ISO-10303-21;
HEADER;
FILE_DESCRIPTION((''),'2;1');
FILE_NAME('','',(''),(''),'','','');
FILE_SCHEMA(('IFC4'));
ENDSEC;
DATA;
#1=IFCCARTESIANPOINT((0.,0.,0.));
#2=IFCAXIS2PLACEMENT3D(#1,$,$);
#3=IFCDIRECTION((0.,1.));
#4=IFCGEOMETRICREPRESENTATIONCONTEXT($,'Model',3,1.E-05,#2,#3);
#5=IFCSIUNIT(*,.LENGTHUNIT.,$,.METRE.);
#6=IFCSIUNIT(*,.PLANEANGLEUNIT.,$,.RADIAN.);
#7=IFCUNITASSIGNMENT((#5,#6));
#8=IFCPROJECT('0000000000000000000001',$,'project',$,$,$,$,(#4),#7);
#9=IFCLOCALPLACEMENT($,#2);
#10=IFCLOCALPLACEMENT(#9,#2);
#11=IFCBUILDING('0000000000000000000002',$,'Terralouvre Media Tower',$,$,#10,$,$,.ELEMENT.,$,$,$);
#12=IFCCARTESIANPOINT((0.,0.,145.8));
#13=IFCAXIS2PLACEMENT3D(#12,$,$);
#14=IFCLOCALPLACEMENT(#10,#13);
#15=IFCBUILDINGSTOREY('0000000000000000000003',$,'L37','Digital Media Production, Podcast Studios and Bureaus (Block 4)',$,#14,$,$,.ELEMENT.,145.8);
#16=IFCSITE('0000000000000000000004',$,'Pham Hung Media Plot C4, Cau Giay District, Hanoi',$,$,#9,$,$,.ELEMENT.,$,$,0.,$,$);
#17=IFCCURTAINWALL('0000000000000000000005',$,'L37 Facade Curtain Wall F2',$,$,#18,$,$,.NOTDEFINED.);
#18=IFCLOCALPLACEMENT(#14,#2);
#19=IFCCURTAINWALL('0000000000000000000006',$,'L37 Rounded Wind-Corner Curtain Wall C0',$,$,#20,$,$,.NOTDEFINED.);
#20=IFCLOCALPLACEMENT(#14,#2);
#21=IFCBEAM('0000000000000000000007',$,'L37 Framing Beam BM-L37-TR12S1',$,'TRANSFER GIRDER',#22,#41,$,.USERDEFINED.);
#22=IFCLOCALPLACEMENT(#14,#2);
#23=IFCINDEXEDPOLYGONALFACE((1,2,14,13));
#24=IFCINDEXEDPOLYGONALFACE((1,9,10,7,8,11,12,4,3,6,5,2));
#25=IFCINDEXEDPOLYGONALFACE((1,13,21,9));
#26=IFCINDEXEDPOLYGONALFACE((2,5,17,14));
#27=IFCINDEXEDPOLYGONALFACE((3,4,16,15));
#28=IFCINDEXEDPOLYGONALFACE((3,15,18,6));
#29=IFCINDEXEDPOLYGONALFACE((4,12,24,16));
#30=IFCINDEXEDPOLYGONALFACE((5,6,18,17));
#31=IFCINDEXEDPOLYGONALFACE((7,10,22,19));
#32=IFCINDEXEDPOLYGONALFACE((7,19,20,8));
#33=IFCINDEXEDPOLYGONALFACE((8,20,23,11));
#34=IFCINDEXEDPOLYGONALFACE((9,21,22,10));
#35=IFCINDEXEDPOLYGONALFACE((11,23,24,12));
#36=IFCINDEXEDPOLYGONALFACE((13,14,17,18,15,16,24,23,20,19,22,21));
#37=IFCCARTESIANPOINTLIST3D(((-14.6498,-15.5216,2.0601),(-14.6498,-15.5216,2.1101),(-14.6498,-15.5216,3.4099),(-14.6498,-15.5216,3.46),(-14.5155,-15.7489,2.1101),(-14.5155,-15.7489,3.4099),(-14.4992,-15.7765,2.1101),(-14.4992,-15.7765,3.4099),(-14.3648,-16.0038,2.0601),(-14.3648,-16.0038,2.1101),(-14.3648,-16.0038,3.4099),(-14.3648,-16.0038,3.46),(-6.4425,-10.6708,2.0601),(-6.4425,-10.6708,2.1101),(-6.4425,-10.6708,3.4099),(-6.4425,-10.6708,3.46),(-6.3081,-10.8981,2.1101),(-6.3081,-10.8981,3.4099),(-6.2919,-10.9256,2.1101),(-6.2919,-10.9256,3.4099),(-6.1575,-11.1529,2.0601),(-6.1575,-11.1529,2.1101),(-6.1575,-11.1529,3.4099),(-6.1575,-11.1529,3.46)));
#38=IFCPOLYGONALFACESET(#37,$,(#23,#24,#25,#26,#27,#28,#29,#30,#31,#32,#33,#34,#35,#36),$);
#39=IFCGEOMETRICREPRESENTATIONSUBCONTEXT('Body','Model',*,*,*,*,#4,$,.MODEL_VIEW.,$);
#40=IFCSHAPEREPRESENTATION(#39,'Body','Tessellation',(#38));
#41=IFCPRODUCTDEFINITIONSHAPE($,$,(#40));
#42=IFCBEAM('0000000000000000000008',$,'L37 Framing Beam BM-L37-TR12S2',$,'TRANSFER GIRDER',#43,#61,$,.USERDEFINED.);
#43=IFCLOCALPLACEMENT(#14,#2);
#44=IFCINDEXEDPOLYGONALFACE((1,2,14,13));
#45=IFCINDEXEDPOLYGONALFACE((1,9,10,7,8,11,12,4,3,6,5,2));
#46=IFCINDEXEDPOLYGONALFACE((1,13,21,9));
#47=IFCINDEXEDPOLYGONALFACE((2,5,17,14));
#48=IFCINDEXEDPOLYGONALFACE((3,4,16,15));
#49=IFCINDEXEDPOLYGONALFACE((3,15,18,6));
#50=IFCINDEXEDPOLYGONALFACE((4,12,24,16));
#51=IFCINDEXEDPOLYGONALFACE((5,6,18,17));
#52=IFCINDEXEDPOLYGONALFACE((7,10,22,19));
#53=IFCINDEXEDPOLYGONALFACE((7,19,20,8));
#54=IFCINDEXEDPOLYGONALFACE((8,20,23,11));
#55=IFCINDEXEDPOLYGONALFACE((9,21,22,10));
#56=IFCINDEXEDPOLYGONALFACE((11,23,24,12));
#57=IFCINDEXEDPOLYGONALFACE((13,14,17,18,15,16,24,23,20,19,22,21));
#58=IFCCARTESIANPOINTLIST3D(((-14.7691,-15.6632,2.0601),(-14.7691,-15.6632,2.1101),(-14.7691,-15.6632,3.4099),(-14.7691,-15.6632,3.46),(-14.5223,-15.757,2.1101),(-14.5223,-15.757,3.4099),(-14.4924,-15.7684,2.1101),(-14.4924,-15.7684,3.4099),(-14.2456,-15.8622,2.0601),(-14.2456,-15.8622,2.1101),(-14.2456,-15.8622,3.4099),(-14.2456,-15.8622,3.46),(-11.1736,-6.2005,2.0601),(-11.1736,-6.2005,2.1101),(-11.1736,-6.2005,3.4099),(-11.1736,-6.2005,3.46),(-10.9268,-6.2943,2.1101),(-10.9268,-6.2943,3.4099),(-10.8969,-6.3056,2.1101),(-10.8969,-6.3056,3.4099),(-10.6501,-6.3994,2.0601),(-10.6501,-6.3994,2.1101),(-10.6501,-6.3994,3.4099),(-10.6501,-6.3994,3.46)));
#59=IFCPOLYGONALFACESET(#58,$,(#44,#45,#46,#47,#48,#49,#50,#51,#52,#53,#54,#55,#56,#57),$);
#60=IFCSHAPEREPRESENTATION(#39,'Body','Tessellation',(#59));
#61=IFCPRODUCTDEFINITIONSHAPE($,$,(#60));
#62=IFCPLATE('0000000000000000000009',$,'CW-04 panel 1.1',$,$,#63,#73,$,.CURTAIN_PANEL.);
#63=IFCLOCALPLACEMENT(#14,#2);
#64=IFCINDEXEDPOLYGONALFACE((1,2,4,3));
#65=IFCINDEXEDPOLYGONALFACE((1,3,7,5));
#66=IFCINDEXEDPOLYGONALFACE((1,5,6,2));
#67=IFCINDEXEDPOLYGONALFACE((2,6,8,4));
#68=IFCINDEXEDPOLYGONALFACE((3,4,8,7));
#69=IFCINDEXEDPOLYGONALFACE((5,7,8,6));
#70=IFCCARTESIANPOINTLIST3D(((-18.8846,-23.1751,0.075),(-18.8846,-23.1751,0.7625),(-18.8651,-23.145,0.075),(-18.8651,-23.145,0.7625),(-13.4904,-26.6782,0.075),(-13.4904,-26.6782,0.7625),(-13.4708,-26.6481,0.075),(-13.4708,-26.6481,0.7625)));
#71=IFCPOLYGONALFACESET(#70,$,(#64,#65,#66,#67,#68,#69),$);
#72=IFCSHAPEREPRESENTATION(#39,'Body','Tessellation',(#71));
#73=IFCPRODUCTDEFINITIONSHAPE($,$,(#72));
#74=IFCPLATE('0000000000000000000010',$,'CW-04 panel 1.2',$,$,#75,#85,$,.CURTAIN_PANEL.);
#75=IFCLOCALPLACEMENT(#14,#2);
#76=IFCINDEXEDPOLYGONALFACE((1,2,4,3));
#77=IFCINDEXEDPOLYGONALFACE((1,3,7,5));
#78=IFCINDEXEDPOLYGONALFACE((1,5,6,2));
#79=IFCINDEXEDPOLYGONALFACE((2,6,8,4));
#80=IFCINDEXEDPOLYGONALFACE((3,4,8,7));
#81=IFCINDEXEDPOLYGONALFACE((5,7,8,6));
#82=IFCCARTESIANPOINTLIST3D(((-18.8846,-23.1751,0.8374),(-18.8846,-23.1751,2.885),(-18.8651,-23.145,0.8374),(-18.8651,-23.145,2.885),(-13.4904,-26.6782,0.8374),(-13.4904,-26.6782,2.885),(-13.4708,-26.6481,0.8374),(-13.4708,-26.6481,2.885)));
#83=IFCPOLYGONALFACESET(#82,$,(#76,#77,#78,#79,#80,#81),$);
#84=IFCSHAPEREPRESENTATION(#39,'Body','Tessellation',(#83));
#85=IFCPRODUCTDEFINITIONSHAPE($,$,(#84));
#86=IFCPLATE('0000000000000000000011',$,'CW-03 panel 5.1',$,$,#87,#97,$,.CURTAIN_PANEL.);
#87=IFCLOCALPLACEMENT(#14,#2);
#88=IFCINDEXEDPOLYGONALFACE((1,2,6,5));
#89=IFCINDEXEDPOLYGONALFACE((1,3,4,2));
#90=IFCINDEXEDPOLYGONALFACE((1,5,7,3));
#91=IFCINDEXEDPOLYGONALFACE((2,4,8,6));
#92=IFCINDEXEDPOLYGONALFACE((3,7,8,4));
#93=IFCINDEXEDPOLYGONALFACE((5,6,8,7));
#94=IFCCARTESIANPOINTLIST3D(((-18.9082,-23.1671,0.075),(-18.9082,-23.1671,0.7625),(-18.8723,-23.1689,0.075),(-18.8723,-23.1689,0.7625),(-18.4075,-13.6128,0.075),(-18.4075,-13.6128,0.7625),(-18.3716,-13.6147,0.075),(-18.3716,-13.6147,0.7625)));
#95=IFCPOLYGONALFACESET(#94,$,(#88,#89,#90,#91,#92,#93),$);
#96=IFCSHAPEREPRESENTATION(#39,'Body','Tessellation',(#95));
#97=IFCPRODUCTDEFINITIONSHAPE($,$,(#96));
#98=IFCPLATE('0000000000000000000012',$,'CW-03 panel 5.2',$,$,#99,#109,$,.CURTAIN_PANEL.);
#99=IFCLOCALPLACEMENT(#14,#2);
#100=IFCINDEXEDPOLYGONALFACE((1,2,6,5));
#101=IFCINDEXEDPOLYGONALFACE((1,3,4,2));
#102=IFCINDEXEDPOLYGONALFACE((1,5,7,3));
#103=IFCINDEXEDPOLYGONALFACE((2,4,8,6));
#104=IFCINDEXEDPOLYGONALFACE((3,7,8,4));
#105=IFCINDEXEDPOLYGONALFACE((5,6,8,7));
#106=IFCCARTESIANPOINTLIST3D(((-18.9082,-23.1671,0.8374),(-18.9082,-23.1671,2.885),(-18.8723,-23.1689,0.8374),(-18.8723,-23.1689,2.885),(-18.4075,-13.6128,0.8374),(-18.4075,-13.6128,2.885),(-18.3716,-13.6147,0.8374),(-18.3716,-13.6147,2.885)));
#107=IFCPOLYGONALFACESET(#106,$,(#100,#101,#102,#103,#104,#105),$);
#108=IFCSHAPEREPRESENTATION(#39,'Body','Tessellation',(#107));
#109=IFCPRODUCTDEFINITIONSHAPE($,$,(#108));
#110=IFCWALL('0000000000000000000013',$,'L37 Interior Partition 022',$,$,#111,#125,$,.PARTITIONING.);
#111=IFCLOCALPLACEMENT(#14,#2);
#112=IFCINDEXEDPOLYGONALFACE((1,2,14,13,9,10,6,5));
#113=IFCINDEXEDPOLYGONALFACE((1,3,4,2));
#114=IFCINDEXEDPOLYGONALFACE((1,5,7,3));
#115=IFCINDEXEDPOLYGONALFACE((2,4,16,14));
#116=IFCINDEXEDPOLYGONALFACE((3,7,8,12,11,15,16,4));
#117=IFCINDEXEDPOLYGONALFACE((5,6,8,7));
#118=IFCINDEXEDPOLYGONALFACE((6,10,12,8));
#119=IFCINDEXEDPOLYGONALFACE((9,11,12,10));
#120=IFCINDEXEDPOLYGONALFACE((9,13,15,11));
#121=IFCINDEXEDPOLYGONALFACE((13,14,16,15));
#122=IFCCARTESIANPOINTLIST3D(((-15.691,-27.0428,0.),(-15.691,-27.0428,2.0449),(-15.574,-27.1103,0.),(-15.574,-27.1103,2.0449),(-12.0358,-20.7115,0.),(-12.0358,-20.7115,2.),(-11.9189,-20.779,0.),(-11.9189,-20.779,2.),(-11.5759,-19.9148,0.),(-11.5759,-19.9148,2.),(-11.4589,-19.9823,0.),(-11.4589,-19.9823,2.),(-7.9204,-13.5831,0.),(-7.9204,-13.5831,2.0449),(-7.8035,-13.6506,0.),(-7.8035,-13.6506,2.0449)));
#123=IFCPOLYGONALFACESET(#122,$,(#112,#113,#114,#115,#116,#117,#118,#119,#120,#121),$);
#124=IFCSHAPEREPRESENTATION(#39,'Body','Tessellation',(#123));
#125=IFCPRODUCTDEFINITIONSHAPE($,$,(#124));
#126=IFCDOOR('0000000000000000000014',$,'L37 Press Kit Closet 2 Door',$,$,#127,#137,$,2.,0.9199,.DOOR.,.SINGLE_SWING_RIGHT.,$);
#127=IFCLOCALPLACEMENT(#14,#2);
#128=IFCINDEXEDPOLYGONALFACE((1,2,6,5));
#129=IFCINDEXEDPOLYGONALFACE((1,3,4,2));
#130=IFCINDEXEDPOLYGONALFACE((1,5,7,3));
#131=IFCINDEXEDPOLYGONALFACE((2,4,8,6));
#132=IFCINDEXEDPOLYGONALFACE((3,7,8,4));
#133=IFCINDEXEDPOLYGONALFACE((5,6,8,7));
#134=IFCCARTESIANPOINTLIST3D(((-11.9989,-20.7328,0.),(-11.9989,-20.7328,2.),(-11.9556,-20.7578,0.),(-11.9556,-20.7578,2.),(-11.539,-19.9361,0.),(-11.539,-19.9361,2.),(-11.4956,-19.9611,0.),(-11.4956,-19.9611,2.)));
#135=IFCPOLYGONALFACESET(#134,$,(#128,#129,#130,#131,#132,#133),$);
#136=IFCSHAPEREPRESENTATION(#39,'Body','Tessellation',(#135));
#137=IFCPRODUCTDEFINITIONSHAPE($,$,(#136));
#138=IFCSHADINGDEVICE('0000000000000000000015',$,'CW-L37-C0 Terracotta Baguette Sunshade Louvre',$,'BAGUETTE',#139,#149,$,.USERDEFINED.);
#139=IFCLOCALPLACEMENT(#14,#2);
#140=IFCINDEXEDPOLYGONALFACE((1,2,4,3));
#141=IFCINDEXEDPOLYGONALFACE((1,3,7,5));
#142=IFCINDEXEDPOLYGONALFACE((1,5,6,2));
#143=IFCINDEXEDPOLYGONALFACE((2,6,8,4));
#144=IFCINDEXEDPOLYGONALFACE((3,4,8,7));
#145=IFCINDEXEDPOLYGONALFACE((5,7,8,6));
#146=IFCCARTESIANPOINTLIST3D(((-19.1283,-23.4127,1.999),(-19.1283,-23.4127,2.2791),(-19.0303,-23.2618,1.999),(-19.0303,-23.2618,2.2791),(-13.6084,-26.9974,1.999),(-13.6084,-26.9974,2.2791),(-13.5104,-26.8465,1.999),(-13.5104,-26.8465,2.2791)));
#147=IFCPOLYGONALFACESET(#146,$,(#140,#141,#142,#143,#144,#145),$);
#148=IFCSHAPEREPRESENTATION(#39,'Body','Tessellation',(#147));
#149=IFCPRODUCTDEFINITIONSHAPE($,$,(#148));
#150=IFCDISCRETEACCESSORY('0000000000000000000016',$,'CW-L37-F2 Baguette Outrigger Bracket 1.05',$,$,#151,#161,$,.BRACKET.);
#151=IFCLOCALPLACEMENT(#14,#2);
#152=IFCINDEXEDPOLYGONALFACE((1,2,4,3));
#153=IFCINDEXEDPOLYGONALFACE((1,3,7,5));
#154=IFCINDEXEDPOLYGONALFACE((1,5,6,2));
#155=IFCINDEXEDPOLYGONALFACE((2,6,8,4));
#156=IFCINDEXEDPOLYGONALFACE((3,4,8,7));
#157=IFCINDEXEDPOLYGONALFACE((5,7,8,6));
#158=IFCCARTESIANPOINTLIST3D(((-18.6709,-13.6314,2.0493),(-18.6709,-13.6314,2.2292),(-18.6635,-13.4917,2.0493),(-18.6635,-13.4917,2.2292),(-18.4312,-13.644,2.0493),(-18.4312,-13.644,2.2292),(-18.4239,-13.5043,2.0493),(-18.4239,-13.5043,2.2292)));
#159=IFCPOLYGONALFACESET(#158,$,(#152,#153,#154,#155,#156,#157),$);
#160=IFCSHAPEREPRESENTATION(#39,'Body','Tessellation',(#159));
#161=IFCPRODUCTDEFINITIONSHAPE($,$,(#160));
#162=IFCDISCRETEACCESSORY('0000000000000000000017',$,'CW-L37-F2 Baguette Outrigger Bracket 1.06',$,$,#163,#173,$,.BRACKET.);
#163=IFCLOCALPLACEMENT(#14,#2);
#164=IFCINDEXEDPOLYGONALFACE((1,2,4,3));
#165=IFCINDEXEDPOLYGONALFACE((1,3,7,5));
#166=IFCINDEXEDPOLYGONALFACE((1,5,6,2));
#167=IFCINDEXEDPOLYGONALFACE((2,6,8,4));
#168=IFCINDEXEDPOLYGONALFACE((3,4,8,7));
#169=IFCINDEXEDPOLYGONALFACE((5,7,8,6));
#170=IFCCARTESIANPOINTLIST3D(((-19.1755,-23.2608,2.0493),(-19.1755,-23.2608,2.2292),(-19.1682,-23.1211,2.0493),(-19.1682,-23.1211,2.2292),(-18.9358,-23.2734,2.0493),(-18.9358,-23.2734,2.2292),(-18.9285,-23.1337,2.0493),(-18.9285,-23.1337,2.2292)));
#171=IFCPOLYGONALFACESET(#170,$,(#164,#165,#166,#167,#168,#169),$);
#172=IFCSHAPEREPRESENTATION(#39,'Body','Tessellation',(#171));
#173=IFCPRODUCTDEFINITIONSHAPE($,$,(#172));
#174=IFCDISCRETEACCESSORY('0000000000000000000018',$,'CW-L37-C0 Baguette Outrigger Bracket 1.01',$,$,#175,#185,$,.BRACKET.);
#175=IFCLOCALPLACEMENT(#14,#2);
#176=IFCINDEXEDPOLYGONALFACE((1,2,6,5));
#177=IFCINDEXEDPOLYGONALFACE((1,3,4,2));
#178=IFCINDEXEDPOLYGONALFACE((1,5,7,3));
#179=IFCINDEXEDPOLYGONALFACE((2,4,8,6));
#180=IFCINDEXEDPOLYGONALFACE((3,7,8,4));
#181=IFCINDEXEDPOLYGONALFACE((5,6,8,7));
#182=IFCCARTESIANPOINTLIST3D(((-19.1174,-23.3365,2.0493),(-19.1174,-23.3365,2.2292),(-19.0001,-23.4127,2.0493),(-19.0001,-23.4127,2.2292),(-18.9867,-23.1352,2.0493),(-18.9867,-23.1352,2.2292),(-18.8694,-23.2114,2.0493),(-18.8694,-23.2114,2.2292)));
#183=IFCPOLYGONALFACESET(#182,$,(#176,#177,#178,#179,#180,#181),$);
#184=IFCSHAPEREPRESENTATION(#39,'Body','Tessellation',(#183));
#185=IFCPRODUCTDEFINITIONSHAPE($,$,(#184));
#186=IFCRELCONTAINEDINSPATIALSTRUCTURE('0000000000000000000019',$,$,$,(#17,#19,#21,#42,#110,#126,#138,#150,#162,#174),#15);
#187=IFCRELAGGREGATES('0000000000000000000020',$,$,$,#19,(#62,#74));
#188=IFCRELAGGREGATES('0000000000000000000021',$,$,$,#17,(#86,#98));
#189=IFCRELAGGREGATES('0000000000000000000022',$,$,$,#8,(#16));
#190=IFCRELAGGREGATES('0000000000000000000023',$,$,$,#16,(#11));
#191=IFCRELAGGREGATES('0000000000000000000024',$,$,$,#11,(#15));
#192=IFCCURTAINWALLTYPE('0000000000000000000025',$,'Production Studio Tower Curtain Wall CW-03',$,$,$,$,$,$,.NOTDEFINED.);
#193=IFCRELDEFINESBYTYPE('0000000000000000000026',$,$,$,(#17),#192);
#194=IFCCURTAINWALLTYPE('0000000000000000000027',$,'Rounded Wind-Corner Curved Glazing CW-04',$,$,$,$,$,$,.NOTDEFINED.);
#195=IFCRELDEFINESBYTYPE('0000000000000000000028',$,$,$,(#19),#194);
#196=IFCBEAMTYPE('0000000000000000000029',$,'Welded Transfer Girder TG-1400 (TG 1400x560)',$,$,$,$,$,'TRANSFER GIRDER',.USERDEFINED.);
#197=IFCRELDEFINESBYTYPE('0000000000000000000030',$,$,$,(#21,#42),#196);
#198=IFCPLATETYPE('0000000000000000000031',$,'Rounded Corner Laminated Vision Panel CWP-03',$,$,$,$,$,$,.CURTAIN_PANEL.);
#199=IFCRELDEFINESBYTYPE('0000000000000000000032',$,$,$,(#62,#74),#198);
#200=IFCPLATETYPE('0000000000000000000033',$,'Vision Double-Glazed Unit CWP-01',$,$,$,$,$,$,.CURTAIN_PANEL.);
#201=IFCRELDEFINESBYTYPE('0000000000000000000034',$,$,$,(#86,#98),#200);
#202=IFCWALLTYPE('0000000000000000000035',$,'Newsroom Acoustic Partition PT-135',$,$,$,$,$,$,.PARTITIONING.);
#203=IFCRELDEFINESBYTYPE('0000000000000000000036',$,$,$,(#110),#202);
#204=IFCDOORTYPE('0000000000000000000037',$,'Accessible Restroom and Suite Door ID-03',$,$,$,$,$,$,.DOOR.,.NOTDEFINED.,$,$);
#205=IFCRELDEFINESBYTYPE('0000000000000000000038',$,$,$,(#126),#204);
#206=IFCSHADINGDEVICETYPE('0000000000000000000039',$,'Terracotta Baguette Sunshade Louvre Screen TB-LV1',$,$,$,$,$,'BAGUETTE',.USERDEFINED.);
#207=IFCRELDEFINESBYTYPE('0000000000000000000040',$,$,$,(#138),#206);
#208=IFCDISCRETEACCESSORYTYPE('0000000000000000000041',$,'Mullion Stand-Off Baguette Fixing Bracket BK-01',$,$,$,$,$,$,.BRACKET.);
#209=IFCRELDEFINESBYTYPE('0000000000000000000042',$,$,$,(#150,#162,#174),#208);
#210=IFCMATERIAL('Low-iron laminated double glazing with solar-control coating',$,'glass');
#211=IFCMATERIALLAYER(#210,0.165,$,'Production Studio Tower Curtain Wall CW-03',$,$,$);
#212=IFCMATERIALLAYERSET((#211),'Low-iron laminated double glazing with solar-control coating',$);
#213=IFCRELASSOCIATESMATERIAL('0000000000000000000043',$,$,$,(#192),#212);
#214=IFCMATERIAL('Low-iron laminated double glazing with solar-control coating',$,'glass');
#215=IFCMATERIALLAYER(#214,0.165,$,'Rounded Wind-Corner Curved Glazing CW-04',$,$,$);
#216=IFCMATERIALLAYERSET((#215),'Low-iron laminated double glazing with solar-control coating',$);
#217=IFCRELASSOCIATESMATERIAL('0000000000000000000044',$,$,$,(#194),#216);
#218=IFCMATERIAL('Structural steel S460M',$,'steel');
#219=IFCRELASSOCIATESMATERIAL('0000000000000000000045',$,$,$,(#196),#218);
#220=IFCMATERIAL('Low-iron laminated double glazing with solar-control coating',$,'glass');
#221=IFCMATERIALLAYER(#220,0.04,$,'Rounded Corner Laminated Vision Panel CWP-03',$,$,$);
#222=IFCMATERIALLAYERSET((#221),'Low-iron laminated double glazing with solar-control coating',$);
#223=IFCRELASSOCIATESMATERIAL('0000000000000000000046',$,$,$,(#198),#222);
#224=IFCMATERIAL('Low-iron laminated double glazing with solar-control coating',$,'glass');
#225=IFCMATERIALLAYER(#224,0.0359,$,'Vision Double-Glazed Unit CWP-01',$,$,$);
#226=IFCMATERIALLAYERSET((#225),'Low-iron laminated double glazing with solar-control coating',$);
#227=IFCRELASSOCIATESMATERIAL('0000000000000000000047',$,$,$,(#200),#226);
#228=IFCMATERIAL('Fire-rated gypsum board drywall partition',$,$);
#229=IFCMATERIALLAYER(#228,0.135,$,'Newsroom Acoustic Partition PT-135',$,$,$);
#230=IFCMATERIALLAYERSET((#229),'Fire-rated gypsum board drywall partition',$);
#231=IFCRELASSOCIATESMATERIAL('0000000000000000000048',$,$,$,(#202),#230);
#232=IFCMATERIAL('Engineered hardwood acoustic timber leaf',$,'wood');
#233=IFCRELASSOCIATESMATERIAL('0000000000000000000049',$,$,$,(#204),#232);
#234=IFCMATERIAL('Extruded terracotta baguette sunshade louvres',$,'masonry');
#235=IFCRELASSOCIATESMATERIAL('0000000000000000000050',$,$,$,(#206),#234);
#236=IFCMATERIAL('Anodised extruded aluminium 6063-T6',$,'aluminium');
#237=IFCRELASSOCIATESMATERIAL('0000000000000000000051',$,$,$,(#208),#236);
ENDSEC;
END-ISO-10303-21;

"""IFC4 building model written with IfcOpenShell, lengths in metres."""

from ifc_helpers import new_model, si_unit, direction, frame, frame_2d, origin, origin_2d, place, context, subcontext, project, spatial, rectangle, i_section, extrude, material, layer, layer_set, material_profile, profile_set, type_object, element, fill, aggregate, save


model = new_model("IFC4")

# Units and contexts
model_context = context("Model", 3, precision=1e-05, world=origin(), true_north=direction((0.0, 1.0)))
body_context = subcontext(model_context, "Body", "Model", "MODEL_VIEW")
ifc_project = project(units=[si_unit("LENGTHUNIT", "METRE"), si_unit("PLANEANGLEUNIT", "RADIAN")], contexts=[model_context])

# Site, building, storey
site_placement = place(None, origin())
site = spatial("IfcSite", under=ifc_project, at=site_placement, Name="Pham Hung Media Plot C4, Cau Giay District, Hanoi", CompositionType="ELEMENT", RefElevation=0.0)
building_placement = place(site_placement, origin())
building = spatial("IfcBuilding", under=site, at=building_placement, Name="Terralouvre Media Tower", CompositionType="ELEMENT")
storey_placement = place(building_placement, frame((0.0, 0.0, 145.8)))
storey = spatial("IfcBuildingStorey", under=building, at=storey_placement, Name="L37", Description="Digital Media Production, Podcast Studios and Bureaus (Block 4)", CompositionType="ELEMENT", Elevation=145.8)

# Curtain walls
ifc_material_1 = material(Name="Low-iron laminated double glazing with solar-control coating", Category="glass")
ifc_layer_1 = layer(ifc_material_1, 0.165, Name="Production Studio Tower Curtain Wall CW-03")
ifc_layer_set_1 = layer_set([ifc_layer_1], Name="Low-iron laminated double glazing with solar-control coating")
curtain_wall_type_1 = type_object("IfcCurtainWallType", Name="Production Studio Tower Curtain Wall CW-03", PredefinedType="NOTDEFINED", material=ifc_layer_set_1)
curtain_wall_1_placement = place(storey_placement, origin())
curtain_wall_1 = element("IfcCurtainWall", 1, at=curtain_wall_1_placement, inside=storey, type_object=curtain_wall_type_1, Name="L37 Facade Curtain Wall F2", PredefinedType="NOTDEFINED")
ifc_material_2 = material(Name="Low-iron laminated double glazing with solar-control coating", Category="glass")
ifc_layer_2 = layer(ifc_material_2, 0.165, Name="Rounded Wind-Corner Curved Glazing CW-04")
ifc_layer_set_2 = layer_set([ifc_layer_2], Name="Low-iron laminated double glazing with solar-control coating")
curtain_wall_type_2 = type_object("IfcCurtainWallType", Name="Rounded Wind-Corner Curved Glazing CW-04", PredefinedType="NOTDEFINED", material=ifc_layer_set_2)
curtain_wall_2_placement = place(storey_placement, origin())
curtain_wall_2 = element("IfcCurtainWall", 2, at=curtain_wall_2_placement, inside=storey, type_object=curtain_wall_type_2, Name="L37 Rounded Wind-Corner Curtain Wall C0", PredefinedType="NOTDEFINED")

# Beams
ifc_material_3 = material(Name="Structural steel S460M", Category="steel")
ifc_material_profile_1 = material_profile(ifc_material_3, i_section(OverallWidth=0.5601, OverallDepth=1.3999, WebThickness=0.032, FlangeThickness=0.05, at=origin_2d()), Name="TG 1400x560")
ifc_profile_set_1 = profile_set([ifc_material_profile_1], Name="Structural steel S460M")
beam_type = type_object("IfcBeamType", Name="Welded Transfer Girder TG-1400 (TG 1400x560)", ElementType="TRANSFER GIRDER", PredefinedType="USERDEFINED", material=ifc_profile_set_1)
beam_1_placement = place(storey_placement, frame((-14.5073, -15.7627, 2.76), z_axis=(0.860877, 0.508813, 0.0), x_axis=(-0.508813, 0.860877, 0.0)))
element("IfcBeam", 3, at=beam_1_placement, inside=storey, type_object=beam_type, Name="L37 Framing Beam BM-L37-TR12S1", ObjectType="TRANSFER GIRDER", PredefinedType="USERDEFINED", context=body_context, shape_type="SweptSolid", body=[
    extrude(i_section(OverallWidth=0.5601, OverallDepth=1.3999, WebThickness=0.032, FlangeThickness=0.05, at=origin_2d()), origin(), (0.0, 0.0, 1.0), 9.5337),
])
beam_2_placement = place(storey_placement, frame((-14.5073, -15.7627, 2.76), z_axis=(0.355188, 0.934795, 0.0), x_axis=(-0.934795, 0.355188, 0.0)))
element("IfcBeam", 4, at=beam_2_placement, inside=storey, type_object=beam_type, Name="L37 Framing Beam BM-L37-TR12S2", ObjectType="TRANSFER GIRDER", PredefinedType="USERDEFINED", context=body_context, shape_type="SweptSolid", body=[
    extrude(i_section(OverallWidth=0.5601, OverallDepth=1.3999, WebThickness=0.032, FlangeThickness=0.05, at=origin_2d()), origin(), (0.0, 0.0, 1.0), 10.1228),
])

# Plates
ifc_material_4 = material(Name="Low-iron laminated double glazing with solar-control coating", Category="glass")
ifc_layer_3 = layer(ifc_material_4, 0.04, Name="Rounded Corner Laminated Vision Panel CWP-03")
ifc_layer_set_3 = layer_set([ifc_layer_3], Name="Low-iron laminated double glazing with solar-control coating")
plate_type_1 = type_object("IfcPlateType", Name="Rounded Corner Laminated Vision Panel CWP-03", PredefinedType="CURTAIN_PANEL", material=ifc_layer_set_3)
plate_1_placement = place(storey_placement, frame((-16.1777, -24.9116, 0.075), z_axis=(0.0, 0.0, 1.0), x_axis=(0.83867, -0.544639, 0.0)))
plate_1 = element("IfcPlate", 5, at=plate_1_placement, type_object=plate_type_1, Name="CW-04 panel 1.1", PredefinedType="CURTAIN_PANEL", context=body_context, shape_type="SweptSolid", body=[
    extrude(rectangle(XDim=6.4319, YDim=0.0359, at=origin_2d()), origin(), (0.0, 0.0, 1.0), 0.6875),
])
plate_2_placement = place(storey_placement, frame((-16.1777, -24.9116, 0.8374), z_axis=(0.0, 0.0, 1.0), x_axis=(0.83867, -0.544639, 0.0)))
plate_2 = element("IfcPlate", 6, at=plate_2_placement, type_object=plate_type_1, Name="CW-04 panel 1.2", PredefinedType="CURTAIN_PANEL", context=body_context, shape_type="SweptSolid", body=[
    extrude(rectangle(XDim=6.4319, YDim=0.0359, at=origin_2d()), origin(), (0.0, 0.0, 1.0), 2.0476),
])
aggregate(curtain_wall_2, [plate_1, plate_2])
ifc_material_5 = material(Name="Low-iron laminated double glazing with solar-control coating", Category="glass")
ifc_layer_4 = layer(ifc_material_5, 0.0359, Name="Vision Double-Glazed Unit CWP-01")
ifc_layer_set_4 = layer_set([ifc_layer_4], Name="Low-iron laminated double glazing with solar-control coating")
plate_type_2 = type_object("IfcPlateType", Name="Vision Double-Glazed Unit CWP-01", PredefinedType="CURTAIN_PANEL", material=ifc_layer_set_4)
plate_3_placement = place(storey_placement, frame((-18.6399, -18.3909, 0.075), z_axis=(0.0, 0.0, 1.0), x_axis=(-0.052336, -0.99863, 0.0)))
plate_3 = element("IfcPlate", 7, at=plate_3_placement, type_object=plate_type_2, Name="CW-03 panel 5.1", PredefinedType="CURTAIN_PANEL", context=body_context, shape_type="SweptSolid", body=[
    extrude(rectangle(XDim=9.5674, YDim=0.0359, at=origin_2d()), origin(), (0.0, 0.0, 1.0), 0.6875),
])
plate_4_placement = place(storey_placement, frame((-18.6399, -18.3909, 0.8374), z_axis=(0.0, 0.0, 1.0), x_axis=(-0.052336, -0.99863, 0.0)))
plate_4 = element("IfcPlate", 8, at=plate_4_placement, type_object=plate_type_2, Name="CW-03 panel 5.2", PredefinedType="CURTAIN_PANEL", context=body_context, shape_type="SweptSolid", body=[
    extrude(rectangle(XDim=9.5674, YDim=0.0359, at=origin_2d()), origin(), (0.0, 0.0, 1.0), 2.0476),
])
aggregate(curtain_wall_1, [plate_3, plate_4])

# Wall, opening, door
ifc_material_6 = material(Name="Fire-rated gypsum board drywall partition")
ifc_layer_5 = layer(ifc_material_6, 0.135, Name="Newsroom Acoustic Partition PT-135")
ifc_layer_set_5 = layer_set([ifc_layer_5], Name="Fire-rated gypsum board drywall partition")
wall_type = type_object("IfcWallType", Name="Newsroom Acoustic Partition PT-135", PredefinedType="PARTITIONING", material=ifc_layer_set_5)
wall_placement = place(storey_placement, frame((-15.6326, -27.0767, 0.0), z_axis=(0.0, 0.0, 1.0), x_axis=(0.499978, 0.866038, 0.0)))
wall = element("IfcWall", 9, at=wall_placement, inside=storey, type_object=wall_type, Name="L37 Interior Partition 022", PredefinedType="PARTITIONING", context=body_context, shape_type="SweptSolid", body=[
    extrude(rectangle(XDim=15.5417, YDim=0.135, at=frame_2d((7.771, 0.0))), origin(), (0.0, 0.0, 1.0), 2.0449),
])
opening_placement = place(wall_placement, frame((7.3108, 0.0, 0.0)))
opening = element("IfcOpeningElement", 10, at=opening_placement, cuts=wall, PredefinedType="OPENING", context=body_context, shape_type="SweptSolid", body=[
    extrude(rectangle(XDim=0.9199, YDim=2.0, at=frame_2d((0.46, 1.0))), frame((0.0, 0.0774, 0.0), z_axis=(0.0, -1.0, 0.0), x_axis=(1.0, 0.0, 0.0)), (0.0, 0.0, 1.0), 0.155),
])
ifc_material_7 = material(Name="Engineered hardwood acoustic timber leaf", Category="wood")
door_type = type_object("IfcDoorType", Name="Accessible Restroom and Suite Door ID-03", OperationType="NOTDEFINED", PredefinedType="DOOR", material=ifc_material_7)
door_placement = place(opening_placement, origin())
door = element("IfcDoor", 11, at=door_placement, inside=storey, type_object=door_type, Name="L37 Press Kit Closet 2 Door", OperationType="SINGLE_SWING_RIGHT", OverallHeight=2.0, OverallWidth=0.9199, PredefinedType="DOOR", context=body_context, shape_type="SweptSolid", body=[
    extrude(rectangle(XDim=0.9199, YDim=2.0, at=frame_2d((0.46, 1.0))), frame((0.0, 0.0249, 0.0), z_axis=(0.0, -1.0, 0.0), x_axis=(1.0, 0.0, 0.0)), (0.0, 0.0, 1.0), 0.05),
])
fill(opening, door)

# Shading device
ifc_material_8 = material(Name="Extruded terracotta baguette sunshade louvres", Category="masonry")
shading_device_type = type_object("IfcShadingDeviceType", Name="Terracotta Baguette Sunshade Louvre Screen TB-LV1", ElementType="BAGUETTE", PredefinedType="USERDEFINED", material=ifc_material_8)
shading_device_placement = place(storey_placement, frame((-16.3193, -25.1296, 1.999), z_axis=(0.0, 0.0, 1.0), x_axis=(0.83867, -0.544639, 0.0)))
element("IfcShadingDevice", 12, at=shading_device_placement, inside=storey, type_object=shading_device_type, Name="CW-L37-C0 Terracotta Baguette Sunshade Louvre", ObjectType="BAGUETTE", PredefinedType="USERDEFINED", context=body_context, shape_type="SweptSolid", body=[
    extrude(rectangle(XDim=6.5818, YDim=0.1799, at=origin_2d()), origin(), (0.0, 0.0, 1.0), 0.28),
])

# Discrete accessories
ifc_material_9 = material(Name="Anodised extruded aluminium 6063-T6", Category="aluminium")
discrete_accessory_type = type_object("IfcDiscreteAccessoryType", Name="Mullion Stand-Off Baguette Fixing Bracket BK-01", PredefinedType="BRACKET", material=ifc_material_9)
for number, where, z_axis, x_axis, name in (
    (13, (-18.5474, -13.5679, 2.0493), (0.0, 0.0, 1.0), (-0.052336, -0.99863, 0.0), "CW-L37-F2 Baguette Outrigger Bracket 1.05"),
    (14, (-19.052, -23.1973, 2.0493), (0.0, 0.0, 1.0), (-0.052336, -0.99863, 0.0), "CW-L37-F2 Baguette Outrigger Bracket 1.06"),
    (15, (-18.9934, -23.2739, 2.0493), (0.0, 0.0, 1.0), (0.83867, -0.544639, 0.0), "CW-L37-C0 Baguette Outrigger Bracket 1.01"),
):
    element("IfcDiscreteAccessory", number, at=place(storey_placement, frame(where, z_axis=z_axis, x_axis=x_axis)), inside=storey, type_object=discrete_accessory_type, Name=name, PredefinedType="BRACKET", context=body_context, shape_type="SweptSolid", body=[
        extrude(rectangle(XDim=0.1399, YDim=0.24, at=origin_2d()), origin(), (0.0, 0.0, 1.0), 0.1799),
    ])

save(model, "model.ifc")
